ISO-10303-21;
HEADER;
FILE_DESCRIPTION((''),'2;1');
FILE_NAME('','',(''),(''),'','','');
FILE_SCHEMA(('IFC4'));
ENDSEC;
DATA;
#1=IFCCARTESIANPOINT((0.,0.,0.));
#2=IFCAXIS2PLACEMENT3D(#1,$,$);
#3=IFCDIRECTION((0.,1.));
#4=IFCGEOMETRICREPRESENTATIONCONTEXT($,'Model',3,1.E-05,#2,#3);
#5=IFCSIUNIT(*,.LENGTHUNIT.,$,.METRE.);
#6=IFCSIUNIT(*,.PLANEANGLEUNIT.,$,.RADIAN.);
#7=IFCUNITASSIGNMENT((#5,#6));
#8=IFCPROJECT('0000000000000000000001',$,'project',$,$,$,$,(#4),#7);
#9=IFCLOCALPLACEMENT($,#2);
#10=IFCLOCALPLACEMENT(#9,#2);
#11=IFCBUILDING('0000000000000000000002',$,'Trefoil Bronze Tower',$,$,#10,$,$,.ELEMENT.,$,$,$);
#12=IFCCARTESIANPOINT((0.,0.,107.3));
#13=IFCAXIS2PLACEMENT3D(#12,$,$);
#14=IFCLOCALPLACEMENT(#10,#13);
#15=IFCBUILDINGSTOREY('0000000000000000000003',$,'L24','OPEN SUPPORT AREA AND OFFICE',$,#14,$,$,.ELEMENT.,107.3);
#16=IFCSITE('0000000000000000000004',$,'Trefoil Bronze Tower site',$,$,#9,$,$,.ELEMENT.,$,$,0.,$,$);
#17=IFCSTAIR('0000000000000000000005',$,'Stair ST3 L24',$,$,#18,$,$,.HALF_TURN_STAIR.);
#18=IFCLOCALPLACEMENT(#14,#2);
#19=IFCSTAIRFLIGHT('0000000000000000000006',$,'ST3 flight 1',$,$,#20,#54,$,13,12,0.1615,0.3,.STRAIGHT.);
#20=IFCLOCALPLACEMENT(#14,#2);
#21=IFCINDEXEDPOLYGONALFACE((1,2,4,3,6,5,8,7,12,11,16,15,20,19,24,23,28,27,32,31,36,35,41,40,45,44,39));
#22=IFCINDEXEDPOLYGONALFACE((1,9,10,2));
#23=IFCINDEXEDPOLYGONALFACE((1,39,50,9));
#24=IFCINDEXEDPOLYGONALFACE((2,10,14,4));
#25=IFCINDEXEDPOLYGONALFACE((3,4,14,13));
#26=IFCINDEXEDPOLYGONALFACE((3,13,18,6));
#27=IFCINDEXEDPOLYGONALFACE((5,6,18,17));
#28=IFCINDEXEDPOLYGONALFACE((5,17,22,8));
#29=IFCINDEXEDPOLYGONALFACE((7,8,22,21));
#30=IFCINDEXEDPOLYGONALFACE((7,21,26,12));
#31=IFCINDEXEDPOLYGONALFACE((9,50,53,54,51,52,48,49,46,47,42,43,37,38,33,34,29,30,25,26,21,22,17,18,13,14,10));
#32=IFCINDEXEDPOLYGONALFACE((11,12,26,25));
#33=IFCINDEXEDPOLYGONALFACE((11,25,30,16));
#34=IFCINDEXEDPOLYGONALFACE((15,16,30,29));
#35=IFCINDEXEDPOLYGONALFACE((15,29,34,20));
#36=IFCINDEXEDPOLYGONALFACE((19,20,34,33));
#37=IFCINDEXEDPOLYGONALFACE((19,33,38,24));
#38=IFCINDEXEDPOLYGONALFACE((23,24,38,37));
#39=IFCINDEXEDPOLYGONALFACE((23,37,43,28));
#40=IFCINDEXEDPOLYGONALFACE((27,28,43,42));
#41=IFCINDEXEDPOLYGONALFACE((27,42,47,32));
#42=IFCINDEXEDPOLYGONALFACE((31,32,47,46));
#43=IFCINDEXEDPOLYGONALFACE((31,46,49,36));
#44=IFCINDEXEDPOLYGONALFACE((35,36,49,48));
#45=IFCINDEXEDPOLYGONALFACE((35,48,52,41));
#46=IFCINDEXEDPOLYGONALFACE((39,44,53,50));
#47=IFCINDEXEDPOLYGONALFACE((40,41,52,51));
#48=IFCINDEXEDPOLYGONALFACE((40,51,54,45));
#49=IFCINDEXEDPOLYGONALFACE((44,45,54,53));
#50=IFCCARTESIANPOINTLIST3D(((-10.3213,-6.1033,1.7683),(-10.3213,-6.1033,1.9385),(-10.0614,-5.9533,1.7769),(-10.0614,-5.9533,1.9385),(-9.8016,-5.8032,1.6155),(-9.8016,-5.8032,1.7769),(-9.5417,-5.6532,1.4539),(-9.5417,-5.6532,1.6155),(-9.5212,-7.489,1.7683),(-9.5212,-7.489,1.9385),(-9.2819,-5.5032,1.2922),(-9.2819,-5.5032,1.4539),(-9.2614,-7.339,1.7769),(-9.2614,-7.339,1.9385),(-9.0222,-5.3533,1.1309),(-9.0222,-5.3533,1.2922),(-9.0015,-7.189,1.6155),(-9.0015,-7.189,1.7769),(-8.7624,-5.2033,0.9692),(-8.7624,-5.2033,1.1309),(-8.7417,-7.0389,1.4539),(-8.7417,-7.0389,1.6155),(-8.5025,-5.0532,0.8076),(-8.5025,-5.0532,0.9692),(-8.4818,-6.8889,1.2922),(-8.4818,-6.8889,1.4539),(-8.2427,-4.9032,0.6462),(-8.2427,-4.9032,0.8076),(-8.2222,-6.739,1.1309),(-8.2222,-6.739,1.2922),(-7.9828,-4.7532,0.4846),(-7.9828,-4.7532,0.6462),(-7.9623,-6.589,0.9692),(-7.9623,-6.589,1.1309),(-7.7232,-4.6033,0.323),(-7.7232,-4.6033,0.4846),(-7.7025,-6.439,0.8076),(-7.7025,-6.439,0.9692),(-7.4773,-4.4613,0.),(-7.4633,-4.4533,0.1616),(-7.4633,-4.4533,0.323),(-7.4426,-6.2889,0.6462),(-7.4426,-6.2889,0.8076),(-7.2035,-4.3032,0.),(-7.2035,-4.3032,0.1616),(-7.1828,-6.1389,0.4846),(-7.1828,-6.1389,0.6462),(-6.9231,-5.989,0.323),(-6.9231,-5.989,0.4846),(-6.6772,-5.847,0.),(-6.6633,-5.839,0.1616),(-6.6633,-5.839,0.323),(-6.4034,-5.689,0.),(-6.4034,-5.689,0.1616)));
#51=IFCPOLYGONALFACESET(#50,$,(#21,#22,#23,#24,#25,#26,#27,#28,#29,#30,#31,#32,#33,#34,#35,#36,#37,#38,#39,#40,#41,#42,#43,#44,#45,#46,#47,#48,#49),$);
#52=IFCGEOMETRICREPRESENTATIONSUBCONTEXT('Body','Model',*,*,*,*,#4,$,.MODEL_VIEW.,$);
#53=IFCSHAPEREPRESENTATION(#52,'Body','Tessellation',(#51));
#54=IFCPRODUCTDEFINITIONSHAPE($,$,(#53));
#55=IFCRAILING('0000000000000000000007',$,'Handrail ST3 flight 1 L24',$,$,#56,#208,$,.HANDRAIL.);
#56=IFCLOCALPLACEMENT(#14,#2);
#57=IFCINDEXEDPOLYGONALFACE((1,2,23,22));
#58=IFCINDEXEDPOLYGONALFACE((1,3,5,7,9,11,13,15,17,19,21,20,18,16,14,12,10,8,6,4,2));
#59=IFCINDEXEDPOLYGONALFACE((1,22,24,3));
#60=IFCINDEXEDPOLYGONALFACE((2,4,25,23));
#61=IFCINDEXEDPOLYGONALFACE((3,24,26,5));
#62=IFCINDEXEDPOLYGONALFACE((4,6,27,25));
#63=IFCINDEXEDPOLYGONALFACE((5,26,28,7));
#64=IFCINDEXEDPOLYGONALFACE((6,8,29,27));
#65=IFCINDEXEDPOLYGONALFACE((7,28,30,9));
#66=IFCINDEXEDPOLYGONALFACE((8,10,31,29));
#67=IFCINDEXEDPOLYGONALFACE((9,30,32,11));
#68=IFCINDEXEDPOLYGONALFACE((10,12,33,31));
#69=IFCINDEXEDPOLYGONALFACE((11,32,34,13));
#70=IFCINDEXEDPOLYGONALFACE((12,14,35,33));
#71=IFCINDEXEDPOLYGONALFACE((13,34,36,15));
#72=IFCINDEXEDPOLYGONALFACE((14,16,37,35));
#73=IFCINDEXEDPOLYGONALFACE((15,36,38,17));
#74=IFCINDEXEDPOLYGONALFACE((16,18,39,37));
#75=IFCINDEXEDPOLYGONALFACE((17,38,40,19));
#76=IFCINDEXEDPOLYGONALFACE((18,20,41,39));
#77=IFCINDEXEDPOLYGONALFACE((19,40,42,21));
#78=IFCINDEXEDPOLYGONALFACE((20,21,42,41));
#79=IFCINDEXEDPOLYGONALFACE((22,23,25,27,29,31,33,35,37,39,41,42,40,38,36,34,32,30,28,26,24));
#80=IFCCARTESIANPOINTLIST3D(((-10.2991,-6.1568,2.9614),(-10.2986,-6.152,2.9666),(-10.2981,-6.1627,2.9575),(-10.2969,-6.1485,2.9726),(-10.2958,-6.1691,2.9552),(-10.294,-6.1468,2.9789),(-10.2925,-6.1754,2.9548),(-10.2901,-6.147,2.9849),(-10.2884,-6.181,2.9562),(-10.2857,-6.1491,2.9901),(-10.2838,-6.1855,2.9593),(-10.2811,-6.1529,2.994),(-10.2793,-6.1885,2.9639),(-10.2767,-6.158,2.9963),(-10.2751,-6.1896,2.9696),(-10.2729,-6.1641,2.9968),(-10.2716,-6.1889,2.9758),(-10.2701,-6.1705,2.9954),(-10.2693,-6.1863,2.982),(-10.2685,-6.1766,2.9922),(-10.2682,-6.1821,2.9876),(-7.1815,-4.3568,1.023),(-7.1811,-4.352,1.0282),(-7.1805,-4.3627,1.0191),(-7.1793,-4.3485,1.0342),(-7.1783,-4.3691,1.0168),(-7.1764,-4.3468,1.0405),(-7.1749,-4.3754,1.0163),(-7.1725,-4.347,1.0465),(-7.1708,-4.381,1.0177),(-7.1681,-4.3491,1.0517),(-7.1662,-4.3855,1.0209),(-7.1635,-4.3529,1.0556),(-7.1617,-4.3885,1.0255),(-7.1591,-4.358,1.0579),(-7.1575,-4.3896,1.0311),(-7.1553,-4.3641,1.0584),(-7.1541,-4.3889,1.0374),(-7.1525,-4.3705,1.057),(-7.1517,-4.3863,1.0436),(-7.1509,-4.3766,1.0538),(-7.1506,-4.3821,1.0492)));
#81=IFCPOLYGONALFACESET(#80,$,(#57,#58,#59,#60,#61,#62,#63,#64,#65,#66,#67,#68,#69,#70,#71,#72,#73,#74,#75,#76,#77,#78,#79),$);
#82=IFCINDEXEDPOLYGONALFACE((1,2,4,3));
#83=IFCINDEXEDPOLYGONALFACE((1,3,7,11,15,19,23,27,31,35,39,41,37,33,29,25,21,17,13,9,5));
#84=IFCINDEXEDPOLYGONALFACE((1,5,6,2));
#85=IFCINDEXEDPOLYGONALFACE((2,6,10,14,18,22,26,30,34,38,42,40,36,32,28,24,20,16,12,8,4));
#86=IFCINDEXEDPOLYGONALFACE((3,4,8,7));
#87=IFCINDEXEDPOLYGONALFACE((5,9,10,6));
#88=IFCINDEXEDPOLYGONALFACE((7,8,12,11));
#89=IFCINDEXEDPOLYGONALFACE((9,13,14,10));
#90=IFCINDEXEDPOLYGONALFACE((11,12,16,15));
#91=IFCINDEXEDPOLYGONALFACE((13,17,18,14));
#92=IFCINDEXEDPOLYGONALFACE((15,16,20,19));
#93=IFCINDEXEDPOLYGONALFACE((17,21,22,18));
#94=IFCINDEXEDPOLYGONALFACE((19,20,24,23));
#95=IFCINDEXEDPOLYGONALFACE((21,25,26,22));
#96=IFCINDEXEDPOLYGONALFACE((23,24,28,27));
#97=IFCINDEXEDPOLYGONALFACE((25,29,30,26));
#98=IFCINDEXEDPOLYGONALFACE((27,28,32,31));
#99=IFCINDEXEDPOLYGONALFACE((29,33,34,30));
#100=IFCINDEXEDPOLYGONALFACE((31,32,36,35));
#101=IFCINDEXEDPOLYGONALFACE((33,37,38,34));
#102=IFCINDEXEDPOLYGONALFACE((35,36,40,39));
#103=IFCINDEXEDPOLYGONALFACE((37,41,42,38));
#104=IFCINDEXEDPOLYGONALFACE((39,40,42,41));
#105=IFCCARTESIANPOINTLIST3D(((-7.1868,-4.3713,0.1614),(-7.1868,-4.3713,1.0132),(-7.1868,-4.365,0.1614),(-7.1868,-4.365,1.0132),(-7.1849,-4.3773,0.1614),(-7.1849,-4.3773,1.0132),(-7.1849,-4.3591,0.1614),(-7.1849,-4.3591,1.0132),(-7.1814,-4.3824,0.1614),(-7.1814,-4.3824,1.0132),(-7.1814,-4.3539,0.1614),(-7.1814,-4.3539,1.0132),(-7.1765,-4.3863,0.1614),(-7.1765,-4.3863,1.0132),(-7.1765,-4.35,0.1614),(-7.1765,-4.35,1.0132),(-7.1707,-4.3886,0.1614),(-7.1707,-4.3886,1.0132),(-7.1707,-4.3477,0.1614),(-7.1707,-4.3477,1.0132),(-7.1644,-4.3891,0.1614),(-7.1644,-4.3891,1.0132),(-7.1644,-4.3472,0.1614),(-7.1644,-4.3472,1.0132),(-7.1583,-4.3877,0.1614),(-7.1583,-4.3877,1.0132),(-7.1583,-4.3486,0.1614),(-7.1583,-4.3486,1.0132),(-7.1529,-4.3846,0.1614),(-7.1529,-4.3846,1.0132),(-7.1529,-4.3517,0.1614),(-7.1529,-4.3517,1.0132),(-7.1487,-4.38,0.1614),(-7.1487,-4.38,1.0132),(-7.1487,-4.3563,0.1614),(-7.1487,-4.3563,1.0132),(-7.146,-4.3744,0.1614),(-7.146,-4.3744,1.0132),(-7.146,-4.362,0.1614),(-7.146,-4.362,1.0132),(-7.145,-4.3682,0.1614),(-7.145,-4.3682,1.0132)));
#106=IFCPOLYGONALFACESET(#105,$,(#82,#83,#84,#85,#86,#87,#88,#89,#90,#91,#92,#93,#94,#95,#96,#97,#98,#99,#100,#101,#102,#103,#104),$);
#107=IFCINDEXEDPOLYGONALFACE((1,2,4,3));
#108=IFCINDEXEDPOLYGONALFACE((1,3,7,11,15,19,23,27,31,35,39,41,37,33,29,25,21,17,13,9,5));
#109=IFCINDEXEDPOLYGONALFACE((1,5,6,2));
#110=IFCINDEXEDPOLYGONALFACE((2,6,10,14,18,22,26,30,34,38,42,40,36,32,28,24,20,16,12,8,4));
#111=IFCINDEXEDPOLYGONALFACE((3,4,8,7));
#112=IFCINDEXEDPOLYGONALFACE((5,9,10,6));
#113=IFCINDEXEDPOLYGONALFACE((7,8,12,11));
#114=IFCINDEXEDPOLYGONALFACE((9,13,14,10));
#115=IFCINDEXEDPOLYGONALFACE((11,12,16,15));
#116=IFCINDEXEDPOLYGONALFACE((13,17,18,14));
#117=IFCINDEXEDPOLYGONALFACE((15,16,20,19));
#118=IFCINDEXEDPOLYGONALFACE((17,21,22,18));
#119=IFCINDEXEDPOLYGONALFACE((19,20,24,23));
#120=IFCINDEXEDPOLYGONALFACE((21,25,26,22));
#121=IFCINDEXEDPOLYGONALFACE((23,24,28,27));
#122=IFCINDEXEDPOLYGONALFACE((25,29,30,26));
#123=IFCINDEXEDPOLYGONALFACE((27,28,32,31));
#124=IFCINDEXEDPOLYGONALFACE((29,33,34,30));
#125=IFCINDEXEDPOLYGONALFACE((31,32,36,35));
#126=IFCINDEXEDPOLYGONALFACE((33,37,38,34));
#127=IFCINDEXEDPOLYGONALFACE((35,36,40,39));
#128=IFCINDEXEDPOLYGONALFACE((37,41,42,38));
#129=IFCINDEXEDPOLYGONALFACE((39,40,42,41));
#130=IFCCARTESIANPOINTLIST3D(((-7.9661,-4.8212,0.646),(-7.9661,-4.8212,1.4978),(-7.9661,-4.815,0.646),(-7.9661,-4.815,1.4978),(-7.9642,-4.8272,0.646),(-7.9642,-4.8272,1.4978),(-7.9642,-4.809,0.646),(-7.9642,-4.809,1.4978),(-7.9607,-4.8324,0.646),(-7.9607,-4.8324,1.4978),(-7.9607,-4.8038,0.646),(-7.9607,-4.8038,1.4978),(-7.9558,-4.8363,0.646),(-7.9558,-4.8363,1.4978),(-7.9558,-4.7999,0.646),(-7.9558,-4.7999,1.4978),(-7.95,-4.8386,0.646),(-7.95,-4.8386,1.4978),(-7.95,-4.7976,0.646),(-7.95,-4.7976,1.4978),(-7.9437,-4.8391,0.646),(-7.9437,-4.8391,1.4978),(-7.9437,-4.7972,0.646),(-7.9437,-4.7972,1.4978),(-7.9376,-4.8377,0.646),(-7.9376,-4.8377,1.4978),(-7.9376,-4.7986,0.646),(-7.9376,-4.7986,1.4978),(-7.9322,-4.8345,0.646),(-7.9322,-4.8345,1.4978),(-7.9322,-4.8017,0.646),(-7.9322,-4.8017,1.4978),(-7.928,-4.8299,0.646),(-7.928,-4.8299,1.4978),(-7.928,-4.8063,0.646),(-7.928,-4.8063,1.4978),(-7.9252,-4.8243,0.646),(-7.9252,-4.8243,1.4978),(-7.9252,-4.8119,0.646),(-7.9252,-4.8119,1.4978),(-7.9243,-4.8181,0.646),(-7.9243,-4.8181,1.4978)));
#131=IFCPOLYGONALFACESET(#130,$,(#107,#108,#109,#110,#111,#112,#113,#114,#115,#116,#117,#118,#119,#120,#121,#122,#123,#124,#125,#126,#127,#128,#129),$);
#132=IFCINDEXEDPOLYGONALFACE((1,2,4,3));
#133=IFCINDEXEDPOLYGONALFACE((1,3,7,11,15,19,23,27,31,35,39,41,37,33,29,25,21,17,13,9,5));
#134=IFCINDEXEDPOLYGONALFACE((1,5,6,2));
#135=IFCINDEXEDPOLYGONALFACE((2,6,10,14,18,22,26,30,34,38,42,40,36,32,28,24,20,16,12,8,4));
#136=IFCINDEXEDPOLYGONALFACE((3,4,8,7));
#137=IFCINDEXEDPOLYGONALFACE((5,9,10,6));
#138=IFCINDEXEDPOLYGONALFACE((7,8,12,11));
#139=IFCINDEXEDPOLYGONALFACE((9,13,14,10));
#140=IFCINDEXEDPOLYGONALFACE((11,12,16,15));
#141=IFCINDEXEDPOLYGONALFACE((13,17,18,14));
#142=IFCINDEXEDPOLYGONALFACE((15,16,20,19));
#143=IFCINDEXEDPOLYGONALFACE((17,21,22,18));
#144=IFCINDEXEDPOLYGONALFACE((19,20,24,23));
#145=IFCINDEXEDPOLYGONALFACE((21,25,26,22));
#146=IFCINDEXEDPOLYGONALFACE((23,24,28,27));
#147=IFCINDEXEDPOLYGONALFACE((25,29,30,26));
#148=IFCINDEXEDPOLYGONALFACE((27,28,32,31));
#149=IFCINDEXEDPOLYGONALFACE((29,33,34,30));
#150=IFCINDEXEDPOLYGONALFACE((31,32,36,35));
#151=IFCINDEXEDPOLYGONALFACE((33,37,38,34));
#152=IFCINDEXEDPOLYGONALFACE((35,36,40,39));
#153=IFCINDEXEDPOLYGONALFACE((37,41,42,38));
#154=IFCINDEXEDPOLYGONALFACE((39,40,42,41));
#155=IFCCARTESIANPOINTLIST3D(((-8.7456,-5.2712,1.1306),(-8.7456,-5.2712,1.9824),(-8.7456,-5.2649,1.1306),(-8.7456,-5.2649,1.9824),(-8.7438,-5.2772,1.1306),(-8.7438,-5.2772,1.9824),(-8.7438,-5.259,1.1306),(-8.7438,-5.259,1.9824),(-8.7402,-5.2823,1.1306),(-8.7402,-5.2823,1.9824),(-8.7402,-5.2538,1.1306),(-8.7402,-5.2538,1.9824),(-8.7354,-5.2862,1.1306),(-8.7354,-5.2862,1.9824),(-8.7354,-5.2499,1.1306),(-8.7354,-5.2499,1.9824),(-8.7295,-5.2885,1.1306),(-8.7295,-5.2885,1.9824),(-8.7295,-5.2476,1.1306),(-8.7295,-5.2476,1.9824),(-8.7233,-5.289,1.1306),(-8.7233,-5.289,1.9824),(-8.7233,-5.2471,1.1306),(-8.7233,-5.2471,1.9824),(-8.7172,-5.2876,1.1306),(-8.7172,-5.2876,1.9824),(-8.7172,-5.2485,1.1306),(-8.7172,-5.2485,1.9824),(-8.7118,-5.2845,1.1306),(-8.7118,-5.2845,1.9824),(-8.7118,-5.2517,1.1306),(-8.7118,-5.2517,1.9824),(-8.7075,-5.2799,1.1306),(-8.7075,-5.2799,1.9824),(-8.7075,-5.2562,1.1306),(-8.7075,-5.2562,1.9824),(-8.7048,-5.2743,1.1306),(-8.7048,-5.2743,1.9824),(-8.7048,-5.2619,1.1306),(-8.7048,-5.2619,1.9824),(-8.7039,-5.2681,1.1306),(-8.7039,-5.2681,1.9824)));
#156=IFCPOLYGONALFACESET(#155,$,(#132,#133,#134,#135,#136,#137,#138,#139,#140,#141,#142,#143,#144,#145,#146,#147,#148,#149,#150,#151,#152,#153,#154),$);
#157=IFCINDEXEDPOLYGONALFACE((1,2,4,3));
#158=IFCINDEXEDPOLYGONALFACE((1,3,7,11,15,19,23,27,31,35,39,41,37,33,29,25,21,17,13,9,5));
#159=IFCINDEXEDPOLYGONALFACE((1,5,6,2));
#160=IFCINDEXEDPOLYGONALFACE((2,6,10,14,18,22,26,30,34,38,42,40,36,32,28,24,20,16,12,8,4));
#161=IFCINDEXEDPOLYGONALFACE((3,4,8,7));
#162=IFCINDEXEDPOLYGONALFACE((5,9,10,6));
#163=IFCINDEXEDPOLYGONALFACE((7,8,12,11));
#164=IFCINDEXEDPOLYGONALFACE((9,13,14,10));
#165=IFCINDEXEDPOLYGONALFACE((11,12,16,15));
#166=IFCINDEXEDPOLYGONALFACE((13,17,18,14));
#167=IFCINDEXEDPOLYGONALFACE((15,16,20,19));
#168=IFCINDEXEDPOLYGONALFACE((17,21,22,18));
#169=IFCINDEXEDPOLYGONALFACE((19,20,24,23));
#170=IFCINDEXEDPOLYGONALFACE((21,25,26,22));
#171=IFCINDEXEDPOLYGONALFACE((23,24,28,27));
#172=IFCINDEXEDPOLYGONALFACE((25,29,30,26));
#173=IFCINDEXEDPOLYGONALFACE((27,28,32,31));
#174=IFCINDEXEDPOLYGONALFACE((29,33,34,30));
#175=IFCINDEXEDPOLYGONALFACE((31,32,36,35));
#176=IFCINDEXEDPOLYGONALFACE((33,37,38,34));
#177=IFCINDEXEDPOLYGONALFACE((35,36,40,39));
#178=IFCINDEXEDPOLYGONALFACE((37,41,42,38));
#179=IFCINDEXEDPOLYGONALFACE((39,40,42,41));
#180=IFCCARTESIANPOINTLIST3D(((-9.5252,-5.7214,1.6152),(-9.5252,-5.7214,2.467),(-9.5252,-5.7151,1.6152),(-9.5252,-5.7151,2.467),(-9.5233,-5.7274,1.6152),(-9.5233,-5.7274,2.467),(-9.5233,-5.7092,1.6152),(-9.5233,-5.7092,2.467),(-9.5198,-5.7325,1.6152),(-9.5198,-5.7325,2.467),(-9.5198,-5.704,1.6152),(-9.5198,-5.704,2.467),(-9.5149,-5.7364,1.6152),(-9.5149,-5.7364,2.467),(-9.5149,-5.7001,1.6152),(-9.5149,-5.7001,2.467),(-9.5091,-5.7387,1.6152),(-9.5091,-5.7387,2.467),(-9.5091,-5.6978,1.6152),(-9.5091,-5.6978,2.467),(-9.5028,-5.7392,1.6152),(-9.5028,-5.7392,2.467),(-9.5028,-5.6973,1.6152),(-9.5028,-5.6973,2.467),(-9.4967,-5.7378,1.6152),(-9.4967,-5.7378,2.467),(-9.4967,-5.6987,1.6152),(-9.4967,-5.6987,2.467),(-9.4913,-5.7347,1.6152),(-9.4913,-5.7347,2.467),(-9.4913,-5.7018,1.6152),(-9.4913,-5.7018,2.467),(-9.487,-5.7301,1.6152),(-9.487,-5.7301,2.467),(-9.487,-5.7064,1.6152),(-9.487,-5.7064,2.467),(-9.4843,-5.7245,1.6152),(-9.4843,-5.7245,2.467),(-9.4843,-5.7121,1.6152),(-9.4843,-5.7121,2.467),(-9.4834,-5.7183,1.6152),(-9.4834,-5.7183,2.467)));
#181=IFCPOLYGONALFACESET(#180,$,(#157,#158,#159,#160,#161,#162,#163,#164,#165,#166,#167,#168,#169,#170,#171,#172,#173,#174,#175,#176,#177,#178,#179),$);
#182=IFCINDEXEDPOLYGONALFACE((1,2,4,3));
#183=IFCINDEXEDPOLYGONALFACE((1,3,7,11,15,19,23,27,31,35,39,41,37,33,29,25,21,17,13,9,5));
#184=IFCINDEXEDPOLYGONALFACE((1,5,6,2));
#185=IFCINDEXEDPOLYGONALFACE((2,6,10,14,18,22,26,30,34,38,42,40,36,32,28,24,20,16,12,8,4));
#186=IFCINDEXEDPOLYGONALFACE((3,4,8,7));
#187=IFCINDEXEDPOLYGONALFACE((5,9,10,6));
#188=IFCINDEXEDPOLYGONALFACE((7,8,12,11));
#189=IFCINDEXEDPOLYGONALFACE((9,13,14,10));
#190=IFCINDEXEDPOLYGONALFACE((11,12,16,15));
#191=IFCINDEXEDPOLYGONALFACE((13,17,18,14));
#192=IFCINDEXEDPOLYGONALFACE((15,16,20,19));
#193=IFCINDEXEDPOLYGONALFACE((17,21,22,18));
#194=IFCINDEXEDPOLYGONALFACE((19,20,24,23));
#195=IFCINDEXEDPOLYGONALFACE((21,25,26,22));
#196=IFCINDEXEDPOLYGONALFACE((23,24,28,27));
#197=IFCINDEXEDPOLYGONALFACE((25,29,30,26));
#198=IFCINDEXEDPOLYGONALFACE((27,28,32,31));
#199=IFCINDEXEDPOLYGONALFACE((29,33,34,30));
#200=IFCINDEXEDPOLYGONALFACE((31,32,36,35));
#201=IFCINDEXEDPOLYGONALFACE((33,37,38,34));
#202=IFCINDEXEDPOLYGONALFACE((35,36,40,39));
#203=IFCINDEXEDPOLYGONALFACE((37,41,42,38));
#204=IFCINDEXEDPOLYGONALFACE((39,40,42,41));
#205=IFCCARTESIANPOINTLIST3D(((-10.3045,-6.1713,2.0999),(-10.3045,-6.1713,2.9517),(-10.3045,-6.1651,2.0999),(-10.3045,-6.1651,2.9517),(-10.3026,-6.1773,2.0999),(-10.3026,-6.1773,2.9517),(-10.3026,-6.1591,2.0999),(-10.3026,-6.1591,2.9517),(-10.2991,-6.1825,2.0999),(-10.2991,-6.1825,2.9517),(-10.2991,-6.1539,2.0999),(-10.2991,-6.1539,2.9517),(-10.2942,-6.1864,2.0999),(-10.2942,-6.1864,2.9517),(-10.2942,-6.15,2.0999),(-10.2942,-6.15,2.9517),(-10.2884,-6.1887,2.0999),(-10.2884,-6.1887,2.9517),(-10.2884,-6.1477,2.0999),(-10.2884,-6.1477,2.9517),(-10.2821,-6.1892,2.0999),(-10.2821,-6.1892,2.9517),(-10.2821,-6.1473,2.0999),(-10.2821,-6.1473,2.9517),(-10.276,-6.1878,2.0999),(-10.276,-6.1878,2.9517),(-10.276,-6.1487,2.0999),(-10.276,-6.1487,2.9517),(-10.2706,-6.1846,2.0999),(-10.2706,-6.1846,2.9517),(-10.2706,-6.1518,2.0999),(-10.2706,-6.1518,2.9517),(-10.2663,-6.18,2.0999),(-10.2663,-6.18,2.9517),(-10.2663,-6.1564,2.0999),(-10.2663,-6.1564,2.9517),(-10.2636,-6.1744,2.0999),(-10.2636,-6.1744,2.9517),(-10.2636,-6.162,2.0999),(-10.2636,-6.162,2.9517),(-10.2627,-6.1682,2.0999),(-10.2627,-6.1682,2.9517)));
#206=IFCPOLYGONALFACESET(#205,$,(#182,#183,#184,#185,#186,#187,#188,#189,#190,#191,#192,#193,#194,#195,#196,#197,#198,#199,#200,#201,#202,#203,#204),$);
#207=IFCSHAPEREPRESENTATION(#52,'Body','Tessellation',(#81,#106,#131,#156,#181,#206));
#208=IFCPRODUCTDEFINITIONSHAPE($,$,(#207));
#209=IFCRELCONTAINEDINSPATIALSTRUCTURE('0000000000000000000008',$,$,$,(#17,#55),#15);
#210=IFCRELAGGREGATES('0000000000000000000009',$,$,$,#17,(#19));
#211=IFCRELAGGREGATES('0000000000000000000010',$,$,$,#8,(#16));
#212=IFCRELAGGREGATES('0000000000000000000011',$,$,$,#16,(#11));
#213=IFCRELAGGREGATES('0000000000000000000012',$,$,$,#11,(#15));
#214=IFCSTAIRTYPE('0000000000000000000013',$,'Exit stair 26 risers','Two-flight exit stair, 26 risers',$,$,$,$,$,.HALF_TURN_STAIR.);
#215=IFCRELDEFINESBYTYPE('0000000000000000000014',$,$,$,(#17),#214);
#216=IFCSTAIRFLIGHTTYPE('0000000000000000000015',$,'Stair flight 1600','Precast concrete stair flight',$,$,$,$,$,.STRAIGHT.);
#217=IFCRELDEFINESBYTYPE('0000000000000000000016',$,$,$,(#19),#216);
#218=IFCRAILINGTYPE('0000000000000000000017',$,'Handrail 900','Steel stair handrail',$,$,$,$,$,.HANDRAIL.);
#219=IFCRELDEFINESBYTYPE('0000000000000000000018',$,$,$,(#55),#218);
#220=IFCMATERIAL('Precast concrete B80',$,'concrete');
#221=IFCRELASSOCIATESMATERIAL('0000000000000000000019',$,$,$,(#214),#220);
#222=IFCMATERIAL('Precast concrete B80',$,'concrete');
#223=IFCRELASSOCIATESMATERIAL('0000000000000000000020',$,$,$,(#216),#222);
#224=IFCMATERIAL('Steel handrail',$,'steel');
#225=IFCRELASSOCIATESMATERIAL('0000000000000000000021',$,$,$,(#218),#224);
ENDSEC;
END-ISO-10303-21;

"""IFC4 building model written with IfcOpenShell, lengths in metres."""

from ifc_helpers import new_model, si_unit, direction, frame, origin, origin_2d, place, context, subcontext, project, spatial, polyline, circle, outline, extrude, material, type_object, element, aggregate, save


model = new_model("IFC4")

# Units and contexts
model_context = context("Model", 3, precision=1e-05, world=origin(), true_north=direction((0.0, 1.0)))
body_context = subcontext(model_context, "Body", "Model", "MODEL_VIEW")
ifc_project = project(units=[si_unit("LENGTHUNIT", "METRE"), si_unit("PLANEANGLEUNIT", "RADIAN")], contexts=[model_context])

# Site, building, storey
site_placement = place(None, origin())
site = spatial("IfcSite", under=ifc_project, at=site_placement, Name="Trefoil Bronze Tower site", CompositionType="ELEMENT", RefElevation=0.0)
building_placement = place(site_placement, origin())
building = spatial("IfcBuilding", under=site, at=building_placement, Name="Trefoil Bronze Tower", CompositionType="ELEMENT")
storey_placement = place(building_placement, frame((0.0, 0.0, 107.3)))
storey = spatial("IfcBuildingStorey", under=building, at=storey_placement, Name="L24", Description="OPEN SUPPORT AREA AND OFFICE", CompositionType="ELEMENT", Elevation=107.3)

# Stair, stair flight
ifc_material_1 = material(Name="Precast concrete B80", Category="concrete")
stair_type = type_object("IfcStairType", Name="Exit stair 26 risers", Description="Two-flight exit stair, 26 risers", PredefinedType="HALF_TURN_STAIR", material=ifc_material_1)
stair_placement = place(storey_placement, origin())
stair = element("IfcStair", 1, at=stair_placement, inside=storey, type_object=stair_type, Name="Stair ST3 L24", PredefinedType="HALF_TURN_STAIR")
ifc_material_2 = material(Name="Precast concrete B80", Category="concrete")
stair_flight_type = type_object("IfcStairFlightType", Name="Stair flight 1600", Description="Precast concrete stair flight", PredefinedType="STRAIGHT", material=ifc_material_2)
stair_flight_placement = place(storey_placement, frame((-6.8035, -4.9961, 0.0), z_axis=(0.0, 0.0, 1.0), x_axis=(-0.866025, -0.5, 0.0)))
stair_flight = element("IfcStairFlight", 2, at=stair_flight_placement, type_object=stair_flight_type, Name="ST3 flight 1", NumberOfRisers=13, NumberOfTreads=12, PredefinedType="STRAIGHT", RiserHeight=0.1615, TreadLength=0.3, context=body_context, shape_type="SweptSolid", body=[
    extrude(outline(polyline([(0.0, 0.0), (0.0, 0.1616), (0.3, 0.1616), (0.3, 0.323), (0.6001, 0.323), (0.6001, 0.4846), (0.8999, 0.4846), (0.8999, 0.6462), (1.2, 0.6462), (1.2, 0.8076), (1.5, 0.8076), (1.5, 0.9692), (1.8, 0.9692), (1.8, 1.1309), (2.1001, 1.1309), (2.1001, 1.2922), (2.3999, 1.2922), (2.3999, 1.4539), (2.7, 1.4539), (2.7, 1.6155), (3.0, 1.6155), (3.0, 1.7769), (3.3, 1.7769), (3.3, 1.9385), (3.6001, 1.9385), (3.6001, 2.1001), (3.6001, 1.7683), (0.3162, 0.0), (0.0, 0.0)])), frame((0.0, 0.8, 0.0), z_axis=(0.0, -1.0, 0.0), x_axis=(1.0, 0.0, 0.0)), (0.0, 0.0, 1.0), 1.6001),
])
aggregate(stair, [stair_flight])

# Railing
ifc_material_3 = material(Name="Steel handrail", Category="steel")
railing_type = type_object("IfcRailingType", Name="Handrail 900", Description="Steel stair handrail", PredefinedType="HANDRAIL", material=ifc_material_3)
railing_placement = place(storey_placement, frame((-7.166, -4.3682, 0.1614)))
element("IfcRailing", 3, at=railing_placement, inside=storey, type_object=railing_type, Name="Handrail ST3 flight 1 L24", PredefinedType="HANDRAIL", context=body_context, shape_type="SweptSolid", body=[
    extrude(circle(Radius=0.0239, at=origin_2d()), frame((0.0, 0.0, 0.876), z_axis=(-0.762503, -0.440246, 0.474102), x_axis=(0.500012, -0.866018, 0.0)), (0.0, 0.0, 1.0), 4.0886),
    extrude(circle(Radius=0.021, at=origin_2d()), origin(), (0.0, 0.0, 1.0), 0.8518),
    extrude(circle(Radius=0.021, at=origin_2d()), frame((-0.7793, -0.45, 0.4846)), (0.0, 0.0, 1.0), 0.8518),
    extrude(circle(Radius=0.021, at=origin_2d()), frame((-1.5588, -0.8999, 0.9692)), (0.0, 0.0, 1.0), 0.8518),
    extrude(circle(Radius=0.021, at=origin_2d()), frame((-2.3384, -1.3501, 1.4539)), (0.0, 0.0, 1.0), 0.8518),
    extrude(circle(Radius=0.021, at=origin_2d()), frame((-3.1177, -1.8, 1.9385)), (0.0, 0.0, 1.0), 0.8518),
])

save(model, "model.ifc")
